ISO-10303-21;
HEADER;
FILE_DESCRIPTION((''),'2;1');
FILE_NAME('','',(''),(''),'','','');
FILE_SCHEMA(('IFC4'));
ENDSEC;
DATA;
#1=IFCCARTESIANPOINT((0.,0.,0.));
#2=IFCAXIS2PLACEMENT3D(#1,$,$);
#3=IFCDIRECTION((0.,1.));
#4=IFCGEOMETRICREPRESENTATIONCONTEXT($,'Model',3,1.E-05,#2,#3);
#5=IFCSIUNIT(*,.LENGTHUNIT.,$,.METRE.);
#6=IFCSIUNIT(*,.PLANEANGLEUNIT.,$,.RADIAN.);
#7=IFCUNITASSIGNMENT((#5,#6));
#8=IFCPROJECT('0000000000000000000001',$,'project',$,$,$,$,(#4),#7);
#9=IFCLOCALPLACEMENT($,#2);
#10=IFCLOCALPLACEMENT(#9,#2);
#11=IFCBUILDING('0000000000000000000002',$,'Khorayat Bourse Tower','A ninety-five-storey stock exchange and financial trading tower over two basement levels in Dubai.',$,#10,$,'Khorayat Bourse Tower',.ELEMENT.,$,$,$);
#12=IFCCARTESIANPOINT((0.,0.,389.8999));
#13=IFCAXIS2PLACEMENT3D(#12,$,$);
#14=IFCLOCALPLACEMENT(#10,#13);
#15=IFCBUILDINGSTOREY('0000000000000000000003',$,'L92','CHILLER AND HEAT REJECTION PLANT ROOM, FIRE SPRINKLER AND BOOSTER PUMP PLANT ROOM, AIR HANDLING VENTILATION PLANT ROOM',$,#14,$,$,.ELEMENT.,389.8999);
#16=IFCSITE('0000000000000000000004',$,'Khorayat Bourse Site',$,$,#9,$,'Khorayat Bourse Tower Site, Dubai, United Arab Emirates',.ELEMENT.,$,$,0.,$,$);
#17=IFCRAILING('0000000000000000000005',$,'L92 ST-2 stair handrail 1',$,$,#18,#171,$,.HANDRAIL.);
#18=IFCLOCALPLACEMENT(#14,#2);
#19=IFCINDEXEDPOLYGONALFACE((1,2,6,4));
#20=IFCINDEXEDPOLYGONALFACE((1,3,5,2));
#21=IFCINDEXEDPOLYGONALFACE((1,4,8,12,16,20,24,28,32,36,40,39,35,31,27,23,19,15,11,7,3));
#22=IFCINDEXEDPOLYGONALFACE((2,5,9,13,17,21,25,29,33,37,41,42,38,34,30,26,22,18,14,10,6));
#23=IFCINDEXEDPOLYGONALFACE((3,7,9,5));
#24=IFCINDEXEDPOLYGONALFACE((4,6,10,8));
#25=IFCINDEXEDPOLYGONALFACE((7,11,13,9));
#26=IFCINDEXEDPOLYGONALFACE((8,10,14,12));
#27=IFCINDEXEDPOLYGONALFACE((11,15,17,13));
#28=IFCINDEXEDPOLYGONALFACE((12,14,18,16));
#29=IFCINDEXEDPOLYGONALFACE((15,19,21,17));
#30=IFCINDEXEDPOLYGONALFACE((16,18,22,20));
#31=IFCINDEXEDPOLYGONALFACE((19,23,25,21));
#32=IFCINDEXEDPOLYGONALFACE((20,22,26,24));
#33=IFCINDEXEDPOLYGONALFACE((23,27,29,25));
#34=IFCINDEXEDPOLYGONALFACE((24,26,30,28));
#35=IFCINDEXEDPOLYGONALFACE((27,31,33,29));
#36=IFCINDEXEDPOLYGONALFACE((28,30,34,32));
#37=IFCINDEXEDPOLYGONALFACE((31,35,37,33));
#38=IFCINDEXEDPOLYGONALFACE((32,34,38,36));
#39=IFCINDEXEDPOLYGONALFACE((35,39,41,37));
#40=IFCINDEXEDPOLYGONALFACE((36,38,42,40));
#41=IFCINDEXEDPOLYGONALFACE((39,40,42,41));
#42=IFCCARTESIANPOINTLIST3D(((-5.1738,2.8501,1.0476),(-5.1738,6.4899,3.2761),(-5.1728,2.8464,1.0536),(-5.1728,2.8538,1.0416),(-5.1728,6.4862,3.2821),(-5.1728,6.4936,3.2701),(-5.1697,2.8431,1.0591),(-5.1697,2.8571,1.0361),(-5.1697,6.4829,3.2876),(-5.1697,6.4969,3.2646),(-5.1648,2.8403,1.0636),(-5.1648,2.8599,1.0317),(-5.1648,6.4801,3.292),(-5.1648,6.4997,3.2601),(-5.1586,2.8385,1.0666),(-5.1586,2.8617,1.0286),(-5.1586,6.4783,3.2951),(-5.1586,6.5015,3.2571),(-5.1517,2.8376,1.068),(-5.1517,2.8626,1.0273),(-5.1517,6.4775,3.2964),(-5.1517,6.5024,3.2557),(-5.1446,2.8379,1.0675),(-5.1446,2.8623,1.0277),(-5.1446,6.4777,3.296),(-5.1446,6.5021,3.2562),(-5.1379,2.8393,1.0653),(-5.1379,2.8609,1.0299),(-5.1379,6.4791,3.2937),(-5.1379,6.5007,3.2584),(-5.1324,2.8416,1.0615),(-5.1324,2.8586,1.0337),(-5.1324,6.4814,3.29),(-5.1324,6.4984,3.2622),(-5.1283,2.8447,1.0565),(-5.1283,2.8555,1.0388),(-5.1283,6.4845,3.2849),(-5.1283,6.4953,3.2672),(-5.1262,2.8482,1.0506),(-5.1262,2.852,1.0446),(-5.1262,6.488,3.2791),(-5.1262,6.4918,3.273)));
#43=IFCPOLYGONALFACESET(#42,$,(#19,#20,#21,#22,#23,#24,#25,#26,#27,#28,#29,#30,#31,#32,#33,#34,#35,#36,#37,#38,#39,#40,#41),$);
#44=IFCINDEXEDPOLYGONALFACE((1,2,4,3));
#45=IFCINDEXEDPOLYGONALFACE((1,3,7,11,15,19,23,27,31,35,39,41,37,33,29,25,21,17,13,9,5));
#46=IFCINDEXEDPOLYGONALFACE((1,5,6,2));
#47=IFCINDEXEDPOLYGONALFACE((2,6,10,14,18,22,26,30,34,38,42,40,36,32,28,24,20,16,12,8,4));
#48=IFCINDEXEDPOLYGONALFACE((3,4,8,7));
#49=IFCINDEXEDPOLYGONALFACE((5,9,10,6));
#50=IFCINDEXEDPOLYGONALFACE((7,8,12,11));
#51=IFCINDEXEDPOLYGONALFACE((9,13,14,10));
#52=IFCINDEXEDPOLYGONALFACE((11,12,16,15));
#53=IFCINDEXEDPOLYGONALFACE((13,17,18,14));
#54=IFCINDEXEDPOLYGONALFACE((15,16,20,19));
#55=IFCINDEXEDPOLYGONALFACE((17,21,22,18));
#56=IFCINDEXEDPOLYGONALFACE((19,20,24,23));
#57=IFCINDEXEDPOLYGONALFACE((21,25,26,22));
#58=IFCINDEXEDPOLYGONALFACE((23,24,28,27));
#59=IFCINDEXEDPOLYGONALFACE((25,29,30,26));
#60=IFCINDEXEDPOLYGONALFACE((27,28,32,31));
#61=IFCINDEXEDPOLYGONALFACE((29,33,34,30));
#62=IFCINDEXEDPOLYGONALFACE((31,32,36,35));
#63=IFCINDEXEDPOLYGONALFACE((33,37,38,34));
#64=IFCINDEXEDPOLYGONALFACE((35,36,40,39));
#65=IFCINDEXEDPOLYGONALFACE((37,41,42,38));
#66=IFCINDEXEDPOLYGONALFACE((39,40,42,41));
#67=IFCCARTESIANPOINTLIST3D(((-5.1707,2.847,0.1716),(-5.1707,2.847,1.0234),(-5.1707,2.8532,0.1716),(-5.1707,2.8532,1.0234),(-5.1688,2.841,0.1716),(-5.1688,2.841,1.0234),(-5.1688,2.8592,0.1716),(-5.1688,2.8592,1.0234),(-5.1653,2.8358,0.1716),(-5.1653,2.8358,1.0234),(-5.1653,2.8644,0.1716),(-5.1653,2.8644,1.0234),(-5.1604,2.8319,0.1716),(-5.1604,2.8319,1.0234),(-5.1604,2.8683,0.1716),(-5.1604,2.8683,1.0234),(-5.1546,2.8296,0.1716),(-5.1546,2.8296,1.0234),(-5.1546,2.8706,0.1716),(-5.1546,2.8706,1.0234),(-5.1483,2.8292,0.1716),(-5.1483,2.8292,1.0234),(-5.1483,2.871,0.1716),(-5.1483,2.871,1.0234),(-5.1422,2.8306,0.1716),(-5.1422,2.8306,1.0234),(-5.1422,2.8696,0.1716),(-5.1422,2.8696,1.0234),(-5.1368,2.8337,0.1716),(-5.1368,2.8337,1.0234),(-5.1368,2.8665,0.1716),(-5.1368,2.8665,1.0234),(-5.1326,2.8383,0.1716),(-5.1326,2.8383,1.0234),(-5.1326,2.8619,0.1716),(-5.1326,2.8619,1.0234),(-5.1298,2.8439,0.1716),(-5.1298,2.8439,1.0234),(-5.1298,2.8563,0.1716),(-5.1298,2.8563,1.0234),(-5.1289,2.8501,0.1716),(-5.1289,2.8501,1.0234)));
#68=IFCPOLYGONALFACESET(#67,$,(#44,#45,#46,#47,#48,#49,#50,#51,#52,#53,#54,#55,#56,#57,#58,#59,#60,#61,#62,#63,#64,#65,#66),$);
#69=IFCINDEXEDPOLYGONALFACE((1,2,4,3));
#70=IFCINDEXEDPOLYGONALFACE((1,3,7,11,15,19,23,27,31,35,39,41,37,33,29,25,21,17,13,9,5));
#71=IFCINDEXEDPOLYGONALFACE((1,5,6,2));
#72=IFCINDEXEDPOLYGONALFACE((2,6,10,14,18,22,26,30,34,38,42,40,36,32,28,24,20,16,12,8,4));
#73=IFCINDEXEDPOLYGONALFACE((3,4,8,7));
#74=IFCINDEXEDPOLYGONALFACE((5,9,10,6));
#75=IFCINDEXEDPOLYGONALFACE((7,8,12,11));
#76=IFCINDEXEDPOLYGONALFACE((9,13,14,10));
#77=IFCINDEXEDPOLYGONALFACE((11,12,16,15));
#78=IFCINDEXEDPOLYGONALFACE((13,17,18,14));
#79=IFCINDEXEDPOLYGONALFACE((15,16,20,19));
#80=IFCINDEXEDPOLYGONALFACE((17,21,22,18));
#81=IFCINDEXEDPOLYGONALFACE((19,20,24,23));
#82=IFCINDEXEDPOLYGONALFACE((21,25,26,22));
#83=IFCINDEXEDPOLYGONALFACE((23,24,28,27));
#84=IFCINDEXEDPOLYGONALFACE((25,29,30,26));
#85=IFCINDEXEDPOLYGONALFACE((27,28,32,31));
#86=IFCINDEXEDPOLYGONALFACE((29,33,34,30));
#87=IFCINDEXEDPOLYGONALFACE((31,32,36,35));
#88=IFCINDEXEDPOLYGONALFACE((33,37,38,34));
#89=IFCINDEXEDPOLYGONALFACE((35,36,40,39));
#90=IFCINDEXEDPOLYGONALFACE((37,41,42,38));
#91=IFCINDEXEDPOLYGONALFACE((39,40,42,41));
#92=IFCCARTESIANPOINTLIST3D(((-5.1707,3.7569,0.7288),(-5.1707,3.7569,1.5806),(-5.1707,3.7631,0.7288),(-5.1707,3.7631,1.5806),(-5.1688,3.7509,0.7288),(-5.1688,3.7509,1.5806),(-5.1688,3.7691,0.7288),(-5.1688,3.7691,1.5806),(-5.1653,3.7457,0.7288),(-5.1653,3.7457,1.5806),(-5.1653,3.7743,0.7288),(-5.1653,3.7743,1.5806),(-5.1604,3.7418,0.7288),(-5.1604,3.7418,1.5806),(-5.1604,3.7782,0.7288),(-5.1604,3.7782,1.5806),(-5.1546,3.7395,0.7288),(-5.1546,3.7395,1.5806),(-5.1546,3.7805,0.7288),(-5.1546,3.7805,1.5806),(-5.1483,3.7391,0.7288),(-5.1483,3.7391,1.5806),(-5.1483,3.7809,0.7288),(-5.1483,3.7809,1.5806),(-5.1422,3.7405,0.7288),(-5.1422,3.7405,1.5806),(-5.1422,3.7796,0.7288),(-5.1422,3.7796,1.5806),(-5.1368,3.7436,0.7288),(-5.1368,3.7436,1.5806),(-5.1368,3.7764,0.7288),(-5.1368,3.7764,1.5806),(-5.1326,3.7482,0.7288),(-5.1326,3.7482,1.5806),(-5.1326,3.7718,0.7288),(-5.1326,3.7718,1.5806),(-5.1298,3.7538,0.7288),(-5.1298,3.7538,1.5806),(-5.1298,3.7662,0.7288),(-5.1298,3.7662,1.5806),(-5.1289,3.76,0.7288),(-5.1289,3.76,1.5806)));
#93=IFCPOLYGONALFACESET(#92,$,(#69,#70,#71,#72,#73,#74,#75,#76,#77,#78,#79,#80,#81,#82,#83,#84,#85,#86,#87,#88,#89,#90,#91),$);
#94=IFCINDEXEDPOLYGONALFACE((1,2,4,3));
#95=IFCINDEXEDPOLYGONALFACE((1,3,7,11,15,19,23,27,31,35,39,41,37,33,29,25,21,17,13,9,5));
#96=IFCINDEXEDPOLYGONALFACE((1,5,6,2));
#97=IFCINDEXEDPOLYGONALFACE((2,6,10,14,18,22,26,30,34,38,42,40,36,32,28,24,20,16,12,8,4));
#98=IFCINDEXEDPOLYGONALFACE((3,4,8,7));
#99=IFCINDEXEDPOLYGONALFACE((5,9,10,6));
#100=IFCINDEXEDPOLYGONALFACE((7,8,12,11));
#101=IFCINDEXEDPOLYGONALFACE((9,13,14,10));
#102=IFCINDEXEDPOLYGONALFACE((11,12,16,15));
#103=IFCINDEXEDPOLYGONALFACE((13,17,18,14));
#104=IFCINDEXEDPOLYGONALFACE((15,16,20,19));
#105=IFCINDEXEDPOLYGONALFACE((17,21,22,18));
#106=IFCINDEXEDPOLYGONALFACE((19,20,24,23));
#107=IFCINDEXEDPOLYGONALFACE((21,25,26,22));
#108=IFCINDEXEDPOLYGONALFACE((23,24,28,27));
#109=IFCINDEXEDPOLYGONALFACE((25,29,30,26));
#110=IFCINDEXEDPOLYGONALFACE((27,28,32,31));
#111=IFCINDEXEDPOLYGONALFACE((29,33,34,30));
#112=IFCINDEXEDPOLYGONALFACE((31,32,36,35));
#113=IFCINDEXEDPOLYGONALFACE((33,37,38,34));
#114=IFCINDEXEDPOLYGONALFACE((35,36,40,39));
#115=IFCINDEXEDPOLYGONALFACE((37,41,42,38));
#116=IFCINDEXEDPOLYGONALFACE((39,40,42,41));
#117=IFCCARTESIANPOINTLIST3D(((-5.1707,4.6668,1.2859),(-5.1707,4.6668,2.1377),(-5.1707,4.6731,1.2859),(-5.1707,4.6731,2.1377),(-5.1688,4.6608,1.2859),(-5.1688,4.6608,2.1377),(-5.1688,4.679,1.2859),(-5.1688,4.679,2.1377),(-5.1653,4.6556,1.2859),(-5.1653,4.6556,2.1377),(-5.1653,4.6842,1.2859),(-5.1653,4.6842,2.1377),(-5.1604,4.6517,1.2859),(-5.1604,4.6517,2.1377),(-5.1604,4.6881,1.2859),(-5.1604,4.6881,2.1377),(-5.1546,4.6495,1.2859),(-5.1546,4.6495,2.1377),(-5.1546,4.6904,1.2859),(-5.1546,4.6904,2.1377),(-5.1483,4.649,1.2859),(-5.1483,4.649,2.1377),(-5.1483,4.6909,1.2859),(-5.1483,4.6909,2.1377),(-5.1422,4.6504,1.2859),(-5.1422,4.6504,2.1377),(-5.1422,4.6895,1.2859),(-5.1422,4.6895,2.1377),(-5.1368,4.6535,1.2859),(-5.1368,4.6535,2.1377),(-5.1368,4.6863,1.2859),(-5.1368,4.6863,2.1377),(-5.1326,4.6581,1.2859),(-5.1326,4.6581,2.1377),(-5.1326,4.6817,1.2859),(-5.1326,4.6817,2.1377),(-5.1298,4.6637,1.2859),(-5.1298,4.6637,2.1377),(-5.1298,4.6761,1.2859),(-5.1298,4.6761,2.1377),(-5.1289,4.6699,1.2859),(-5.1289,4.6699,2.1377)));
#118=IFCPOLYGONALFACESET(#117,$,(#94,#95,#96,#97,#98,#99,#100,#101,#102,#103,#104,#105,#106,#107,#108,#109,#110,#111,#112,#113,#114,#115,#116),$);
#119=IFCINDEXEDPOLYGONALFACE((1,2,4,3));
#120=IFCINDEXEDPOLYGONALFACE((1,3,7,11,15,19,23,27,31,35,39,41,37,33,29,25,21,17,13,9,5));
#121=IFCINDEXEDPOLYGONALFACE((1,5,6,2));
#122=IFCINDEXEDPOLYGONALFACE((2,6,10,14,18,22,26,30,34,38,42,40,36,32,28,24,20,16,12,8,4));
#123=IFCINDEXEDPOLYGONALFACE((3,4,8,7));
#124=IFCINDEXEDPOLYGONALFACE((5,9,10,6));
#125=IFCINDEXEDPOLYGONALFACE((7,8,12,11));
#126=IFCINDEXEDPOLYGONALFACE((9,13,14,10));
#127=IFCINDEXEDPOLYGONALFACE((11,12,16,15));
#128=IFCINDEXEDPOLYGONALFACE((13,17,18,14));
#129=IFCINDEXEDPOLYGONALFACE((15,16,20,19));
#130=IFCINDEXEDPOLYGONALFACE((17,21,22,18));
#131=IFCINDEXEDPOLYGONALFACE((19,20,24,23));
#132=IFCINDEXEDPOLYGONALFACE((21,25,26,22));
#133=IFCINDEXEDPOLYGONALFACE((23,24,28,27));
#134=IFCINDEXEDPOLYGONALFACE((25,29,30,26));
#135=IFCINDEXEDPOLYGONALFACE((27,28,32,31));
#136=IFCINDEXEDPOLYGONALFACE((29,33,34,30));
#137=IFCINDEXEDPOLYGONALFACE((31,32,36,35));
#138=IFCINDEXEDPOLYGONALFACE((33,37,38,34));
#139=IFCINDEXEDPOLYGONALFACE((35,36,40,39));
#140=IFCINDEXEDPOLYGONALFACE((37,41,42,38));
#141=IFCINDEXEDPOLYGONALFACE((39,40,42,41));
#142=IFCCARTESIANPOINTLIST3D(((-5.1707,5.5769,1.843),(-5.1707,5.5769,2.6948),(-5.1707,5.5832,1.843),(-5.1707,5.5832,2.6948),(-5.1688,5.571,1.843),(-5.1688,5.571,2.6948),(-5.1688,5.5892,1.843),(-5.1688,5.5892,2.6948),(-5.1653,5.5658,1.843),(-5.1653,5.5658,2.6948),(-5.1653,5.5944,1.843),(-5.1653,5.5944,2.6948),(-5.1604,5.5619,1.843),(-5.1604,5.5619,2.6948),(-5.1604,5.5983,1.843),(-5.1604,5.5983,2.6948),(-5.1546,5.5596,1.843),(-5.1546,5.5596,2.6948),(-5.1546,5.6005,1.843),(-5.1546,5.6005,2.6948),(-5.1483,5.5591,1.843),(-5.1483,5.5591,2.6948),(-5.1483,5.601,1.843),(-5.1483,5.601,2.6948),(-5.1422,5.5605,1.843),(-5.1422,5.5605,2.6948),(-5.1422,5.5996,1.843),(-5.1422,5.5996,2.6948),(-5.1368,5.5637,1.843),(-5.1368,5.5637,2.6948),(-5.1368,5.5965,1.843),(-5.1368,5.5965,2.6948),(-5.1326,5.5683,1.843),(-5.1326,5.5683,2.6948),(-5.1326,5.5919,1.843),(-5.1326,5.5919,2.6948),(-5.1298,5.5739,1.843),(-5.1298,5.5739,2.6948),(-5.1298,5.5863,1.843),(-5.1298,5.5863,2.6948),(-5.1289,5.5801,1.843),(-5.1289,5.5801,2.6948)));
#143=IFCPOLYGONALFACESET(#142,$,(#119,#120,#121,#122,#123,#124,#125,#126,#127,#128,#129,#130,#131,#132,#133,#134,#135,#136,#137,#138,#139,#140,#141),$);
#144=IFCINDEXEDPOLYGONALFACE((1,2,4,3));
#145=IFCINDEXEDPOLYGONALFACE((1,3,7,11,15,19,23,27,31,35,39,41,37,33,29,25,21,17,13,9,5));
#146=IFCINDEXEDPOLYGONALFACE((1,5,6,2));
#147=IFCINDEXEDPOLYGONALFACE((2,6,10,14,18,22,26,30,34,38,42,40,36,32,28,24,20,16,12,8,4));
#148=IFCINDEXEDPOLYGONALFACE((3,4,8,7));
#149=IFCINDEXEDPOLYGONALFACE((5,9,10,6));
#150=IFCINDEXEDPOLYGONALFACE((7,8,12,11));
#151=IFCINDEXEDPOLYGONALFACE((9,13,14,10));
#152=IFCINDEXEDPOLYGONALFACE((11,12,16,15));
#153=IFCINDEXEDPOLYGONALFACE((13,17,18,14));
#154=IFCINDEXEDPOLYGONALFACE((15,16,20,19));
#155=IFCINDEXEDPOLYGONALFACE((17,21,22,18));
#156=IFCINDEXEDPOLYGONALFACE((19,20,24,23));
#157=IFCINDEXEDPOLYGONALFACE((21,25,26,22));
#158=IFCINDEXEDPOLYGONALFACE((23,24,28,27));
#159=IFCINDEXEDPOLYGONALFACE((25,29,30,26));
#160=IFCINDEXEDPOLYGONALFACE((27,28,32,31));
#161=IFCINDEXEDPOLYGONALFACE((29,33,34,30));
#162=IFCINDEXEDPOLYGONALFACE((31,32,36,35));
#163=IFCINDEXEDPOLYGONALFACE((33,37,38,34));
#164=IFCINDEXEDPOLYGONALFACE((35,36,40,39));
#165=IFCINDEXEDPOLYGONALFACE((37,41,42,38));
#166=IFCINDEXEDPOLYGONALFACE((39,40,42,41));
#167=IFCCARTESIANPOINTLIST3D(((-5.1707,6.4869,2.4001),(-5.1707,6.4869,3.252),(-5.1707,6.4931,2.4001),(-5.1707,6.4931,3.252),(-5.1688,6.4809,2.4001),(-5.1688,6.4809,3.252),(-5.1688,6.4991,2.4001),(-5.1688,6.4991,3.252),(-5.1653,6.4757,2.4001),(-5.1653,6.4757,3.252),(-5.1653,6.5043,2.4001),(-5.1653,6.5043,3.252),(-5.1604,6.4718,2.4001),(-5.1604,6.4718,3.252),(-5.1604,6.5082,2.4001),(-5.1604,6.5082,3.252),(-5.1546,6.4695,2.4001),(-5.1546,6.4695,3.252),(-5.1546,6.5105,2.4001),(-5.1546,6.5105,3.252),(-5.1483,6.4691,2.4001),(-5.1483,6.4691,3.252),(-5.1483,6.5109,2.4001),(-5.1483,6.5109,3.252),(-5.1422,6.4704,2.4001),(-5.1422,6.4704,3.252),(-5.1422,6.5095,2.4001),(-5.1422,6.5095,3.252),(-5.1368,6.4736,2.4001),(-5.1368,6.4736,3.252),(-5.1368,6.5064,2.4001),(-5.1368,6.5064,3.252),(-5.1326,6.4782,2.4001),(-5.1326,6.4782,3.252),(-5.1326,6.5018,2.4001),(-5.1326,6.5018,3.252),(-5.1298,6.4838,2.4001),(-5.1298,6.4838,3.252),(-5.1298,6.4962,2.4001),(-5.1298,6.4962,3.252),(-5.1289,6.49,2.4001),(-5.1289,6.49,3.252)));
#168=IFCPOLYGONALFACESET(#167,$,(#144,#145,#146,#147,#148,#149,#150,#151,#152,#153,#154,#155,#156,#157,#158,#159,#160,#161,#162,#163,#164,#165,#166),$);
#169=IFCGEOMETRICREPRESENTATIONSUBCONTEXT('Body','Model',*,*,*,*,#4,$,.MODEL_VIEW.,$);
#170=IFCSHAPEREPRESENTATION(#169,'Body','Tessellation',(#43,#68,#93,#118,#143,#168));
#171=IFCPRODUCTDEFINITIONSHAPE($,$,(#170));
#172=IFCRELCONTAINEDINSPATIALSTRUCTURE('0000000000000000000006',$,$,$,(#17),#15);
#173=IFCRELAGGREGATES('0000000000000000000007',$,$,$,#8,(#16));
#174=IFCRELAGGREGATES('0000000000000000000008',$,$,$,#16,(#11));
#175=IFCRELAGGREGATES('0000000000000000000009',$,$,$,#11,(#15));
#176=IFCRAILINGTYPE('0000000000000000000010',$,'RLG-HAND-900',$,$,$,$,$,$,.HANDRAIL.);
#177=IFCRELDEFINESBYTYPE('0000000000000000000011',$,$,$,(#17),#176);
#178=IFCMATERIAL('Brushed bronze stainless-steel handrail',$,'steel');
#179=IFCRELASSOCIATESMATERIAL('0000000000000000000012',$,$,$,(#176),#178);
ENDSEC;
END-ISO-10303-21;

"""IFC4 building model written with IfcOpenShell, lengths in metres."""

from ifc_helpers import new_model, si_unit, direction, frame, origin, origin_2d, place, context, subcontext, project, spatial, circle, extrude, source, transform, mapped, material, type_object, element, save


model = new_model("IFC4")

# Units and contexts
model_context = context("Model", 3, precision=1e-05, world=origin(), true_north=direction((0.0, 1.0)))
body_context = subcontext(model_context, "Body", "Model", "MODEL_VIEW")
ifc_project = project(units=[si_unit("LENGTHUNIT", "METRE"), si_unit("PLANEANGLEUNIT", "RADIAN")], contexts=[model_context])

# Site, building, storey
site_placement = place(None, origin())
site = spatial("IfcSite", under=ifc_project, at=site_placement, Name="Khorayat Bourse Site", LongName="Khorayat Bourse Tower Site, Dubai, United Arab Emirates", CompositionType="ELEMENT", RefElevation=0.0)
building_placement = place(site_placement, origin())
building = spatial("IfcBuilding", under=site, at=building_placement, Name="Khorayat Bourse Tower", Description="A ninety-five-storey stock exchange and financial trading tower over two basement levels in Dubai.", LongName="Khorayat Bourse Tower", CompositionType="ELEMENT")
storey_placement = place(building_placement, frame((0.0, 0.0, 389.8999)))
storey = spatial("IfcBuildingStorey", under=building, at=storey_placement, Name="L92", Description="CHILLER AND HEAT REJECTION PLANT ROOM, FIRE SPRINKLER AND BOOSTER PUMP PLANT ROOM, AIR HANDLING VENTILATION PLANT ROOM", CompositionType="ELEMENT", Elevation=389.8999)

# Railing
ifc_material_1 = material(Name="Brushed bronze stainless-steel handrail", Category="steel")
railing_type_1 = type_object("IfcRailingType", Name="RLG-HAND-900", PredefinedType="HANDRAIL", material=ifc_material_1)
shared_shape_1 = source(origin(), body_context, "Body", "SweptSolid", [
    extrude(circle(Radius=0.0239, at=origin_2d()), frame((0.0, 0.0, 0.876), z_axis=(0.0, 0.85285, 0.522156), x_axis=(-1.0, 0.0, 0.0)), (0.0, 0.0, 1.0), 4.2678),
    extrude(circle(Radius=0.021, at=origin_2d()), origin(), (0.0, 0.0, 1.0), 0.8518),
    extrude(circle(Radius=0.021, at=origin_2d()), frame((0.0, 0.9099, 0.5571)), (0.0, 0.0, 1.0), 0.8518),
    extrude(circle(Radius=0.021, at=origin_2d()), frame((0.0, 1.8198, 1.1143)), (0.0, 0.0, 1.0), 0.8518),
    extrude(circle(Radius=0.021, at=origin_2d()), frame((0.0, 2.73, 1.6714)), (0.0, 0.0, 1.0), 0.8518),
    extrude(circle(Radius=0.021, at=origin_2d()), frame((0.0, 3.6399, 2.2285)), (0.0, 0.0, 1.0), 0.8518),
])
railing_1_placement = place(storey_placement, frame((-5.1499, 2.8501, 0.1716)))
element("IfcRailing", 1, at=railing_1_placement, inside=storey, type_object=railing_type_1, Name="L92 ST-2 stair handrail 1", PredefinedType="HANDRAIL", context=body_context, shape_type="MappedRepresentation", body=[
    mapped(shared_shape_1, transform((0.0, 0.0, 0.0), scale=1.0)),
])

save(model, "model.ifc")
